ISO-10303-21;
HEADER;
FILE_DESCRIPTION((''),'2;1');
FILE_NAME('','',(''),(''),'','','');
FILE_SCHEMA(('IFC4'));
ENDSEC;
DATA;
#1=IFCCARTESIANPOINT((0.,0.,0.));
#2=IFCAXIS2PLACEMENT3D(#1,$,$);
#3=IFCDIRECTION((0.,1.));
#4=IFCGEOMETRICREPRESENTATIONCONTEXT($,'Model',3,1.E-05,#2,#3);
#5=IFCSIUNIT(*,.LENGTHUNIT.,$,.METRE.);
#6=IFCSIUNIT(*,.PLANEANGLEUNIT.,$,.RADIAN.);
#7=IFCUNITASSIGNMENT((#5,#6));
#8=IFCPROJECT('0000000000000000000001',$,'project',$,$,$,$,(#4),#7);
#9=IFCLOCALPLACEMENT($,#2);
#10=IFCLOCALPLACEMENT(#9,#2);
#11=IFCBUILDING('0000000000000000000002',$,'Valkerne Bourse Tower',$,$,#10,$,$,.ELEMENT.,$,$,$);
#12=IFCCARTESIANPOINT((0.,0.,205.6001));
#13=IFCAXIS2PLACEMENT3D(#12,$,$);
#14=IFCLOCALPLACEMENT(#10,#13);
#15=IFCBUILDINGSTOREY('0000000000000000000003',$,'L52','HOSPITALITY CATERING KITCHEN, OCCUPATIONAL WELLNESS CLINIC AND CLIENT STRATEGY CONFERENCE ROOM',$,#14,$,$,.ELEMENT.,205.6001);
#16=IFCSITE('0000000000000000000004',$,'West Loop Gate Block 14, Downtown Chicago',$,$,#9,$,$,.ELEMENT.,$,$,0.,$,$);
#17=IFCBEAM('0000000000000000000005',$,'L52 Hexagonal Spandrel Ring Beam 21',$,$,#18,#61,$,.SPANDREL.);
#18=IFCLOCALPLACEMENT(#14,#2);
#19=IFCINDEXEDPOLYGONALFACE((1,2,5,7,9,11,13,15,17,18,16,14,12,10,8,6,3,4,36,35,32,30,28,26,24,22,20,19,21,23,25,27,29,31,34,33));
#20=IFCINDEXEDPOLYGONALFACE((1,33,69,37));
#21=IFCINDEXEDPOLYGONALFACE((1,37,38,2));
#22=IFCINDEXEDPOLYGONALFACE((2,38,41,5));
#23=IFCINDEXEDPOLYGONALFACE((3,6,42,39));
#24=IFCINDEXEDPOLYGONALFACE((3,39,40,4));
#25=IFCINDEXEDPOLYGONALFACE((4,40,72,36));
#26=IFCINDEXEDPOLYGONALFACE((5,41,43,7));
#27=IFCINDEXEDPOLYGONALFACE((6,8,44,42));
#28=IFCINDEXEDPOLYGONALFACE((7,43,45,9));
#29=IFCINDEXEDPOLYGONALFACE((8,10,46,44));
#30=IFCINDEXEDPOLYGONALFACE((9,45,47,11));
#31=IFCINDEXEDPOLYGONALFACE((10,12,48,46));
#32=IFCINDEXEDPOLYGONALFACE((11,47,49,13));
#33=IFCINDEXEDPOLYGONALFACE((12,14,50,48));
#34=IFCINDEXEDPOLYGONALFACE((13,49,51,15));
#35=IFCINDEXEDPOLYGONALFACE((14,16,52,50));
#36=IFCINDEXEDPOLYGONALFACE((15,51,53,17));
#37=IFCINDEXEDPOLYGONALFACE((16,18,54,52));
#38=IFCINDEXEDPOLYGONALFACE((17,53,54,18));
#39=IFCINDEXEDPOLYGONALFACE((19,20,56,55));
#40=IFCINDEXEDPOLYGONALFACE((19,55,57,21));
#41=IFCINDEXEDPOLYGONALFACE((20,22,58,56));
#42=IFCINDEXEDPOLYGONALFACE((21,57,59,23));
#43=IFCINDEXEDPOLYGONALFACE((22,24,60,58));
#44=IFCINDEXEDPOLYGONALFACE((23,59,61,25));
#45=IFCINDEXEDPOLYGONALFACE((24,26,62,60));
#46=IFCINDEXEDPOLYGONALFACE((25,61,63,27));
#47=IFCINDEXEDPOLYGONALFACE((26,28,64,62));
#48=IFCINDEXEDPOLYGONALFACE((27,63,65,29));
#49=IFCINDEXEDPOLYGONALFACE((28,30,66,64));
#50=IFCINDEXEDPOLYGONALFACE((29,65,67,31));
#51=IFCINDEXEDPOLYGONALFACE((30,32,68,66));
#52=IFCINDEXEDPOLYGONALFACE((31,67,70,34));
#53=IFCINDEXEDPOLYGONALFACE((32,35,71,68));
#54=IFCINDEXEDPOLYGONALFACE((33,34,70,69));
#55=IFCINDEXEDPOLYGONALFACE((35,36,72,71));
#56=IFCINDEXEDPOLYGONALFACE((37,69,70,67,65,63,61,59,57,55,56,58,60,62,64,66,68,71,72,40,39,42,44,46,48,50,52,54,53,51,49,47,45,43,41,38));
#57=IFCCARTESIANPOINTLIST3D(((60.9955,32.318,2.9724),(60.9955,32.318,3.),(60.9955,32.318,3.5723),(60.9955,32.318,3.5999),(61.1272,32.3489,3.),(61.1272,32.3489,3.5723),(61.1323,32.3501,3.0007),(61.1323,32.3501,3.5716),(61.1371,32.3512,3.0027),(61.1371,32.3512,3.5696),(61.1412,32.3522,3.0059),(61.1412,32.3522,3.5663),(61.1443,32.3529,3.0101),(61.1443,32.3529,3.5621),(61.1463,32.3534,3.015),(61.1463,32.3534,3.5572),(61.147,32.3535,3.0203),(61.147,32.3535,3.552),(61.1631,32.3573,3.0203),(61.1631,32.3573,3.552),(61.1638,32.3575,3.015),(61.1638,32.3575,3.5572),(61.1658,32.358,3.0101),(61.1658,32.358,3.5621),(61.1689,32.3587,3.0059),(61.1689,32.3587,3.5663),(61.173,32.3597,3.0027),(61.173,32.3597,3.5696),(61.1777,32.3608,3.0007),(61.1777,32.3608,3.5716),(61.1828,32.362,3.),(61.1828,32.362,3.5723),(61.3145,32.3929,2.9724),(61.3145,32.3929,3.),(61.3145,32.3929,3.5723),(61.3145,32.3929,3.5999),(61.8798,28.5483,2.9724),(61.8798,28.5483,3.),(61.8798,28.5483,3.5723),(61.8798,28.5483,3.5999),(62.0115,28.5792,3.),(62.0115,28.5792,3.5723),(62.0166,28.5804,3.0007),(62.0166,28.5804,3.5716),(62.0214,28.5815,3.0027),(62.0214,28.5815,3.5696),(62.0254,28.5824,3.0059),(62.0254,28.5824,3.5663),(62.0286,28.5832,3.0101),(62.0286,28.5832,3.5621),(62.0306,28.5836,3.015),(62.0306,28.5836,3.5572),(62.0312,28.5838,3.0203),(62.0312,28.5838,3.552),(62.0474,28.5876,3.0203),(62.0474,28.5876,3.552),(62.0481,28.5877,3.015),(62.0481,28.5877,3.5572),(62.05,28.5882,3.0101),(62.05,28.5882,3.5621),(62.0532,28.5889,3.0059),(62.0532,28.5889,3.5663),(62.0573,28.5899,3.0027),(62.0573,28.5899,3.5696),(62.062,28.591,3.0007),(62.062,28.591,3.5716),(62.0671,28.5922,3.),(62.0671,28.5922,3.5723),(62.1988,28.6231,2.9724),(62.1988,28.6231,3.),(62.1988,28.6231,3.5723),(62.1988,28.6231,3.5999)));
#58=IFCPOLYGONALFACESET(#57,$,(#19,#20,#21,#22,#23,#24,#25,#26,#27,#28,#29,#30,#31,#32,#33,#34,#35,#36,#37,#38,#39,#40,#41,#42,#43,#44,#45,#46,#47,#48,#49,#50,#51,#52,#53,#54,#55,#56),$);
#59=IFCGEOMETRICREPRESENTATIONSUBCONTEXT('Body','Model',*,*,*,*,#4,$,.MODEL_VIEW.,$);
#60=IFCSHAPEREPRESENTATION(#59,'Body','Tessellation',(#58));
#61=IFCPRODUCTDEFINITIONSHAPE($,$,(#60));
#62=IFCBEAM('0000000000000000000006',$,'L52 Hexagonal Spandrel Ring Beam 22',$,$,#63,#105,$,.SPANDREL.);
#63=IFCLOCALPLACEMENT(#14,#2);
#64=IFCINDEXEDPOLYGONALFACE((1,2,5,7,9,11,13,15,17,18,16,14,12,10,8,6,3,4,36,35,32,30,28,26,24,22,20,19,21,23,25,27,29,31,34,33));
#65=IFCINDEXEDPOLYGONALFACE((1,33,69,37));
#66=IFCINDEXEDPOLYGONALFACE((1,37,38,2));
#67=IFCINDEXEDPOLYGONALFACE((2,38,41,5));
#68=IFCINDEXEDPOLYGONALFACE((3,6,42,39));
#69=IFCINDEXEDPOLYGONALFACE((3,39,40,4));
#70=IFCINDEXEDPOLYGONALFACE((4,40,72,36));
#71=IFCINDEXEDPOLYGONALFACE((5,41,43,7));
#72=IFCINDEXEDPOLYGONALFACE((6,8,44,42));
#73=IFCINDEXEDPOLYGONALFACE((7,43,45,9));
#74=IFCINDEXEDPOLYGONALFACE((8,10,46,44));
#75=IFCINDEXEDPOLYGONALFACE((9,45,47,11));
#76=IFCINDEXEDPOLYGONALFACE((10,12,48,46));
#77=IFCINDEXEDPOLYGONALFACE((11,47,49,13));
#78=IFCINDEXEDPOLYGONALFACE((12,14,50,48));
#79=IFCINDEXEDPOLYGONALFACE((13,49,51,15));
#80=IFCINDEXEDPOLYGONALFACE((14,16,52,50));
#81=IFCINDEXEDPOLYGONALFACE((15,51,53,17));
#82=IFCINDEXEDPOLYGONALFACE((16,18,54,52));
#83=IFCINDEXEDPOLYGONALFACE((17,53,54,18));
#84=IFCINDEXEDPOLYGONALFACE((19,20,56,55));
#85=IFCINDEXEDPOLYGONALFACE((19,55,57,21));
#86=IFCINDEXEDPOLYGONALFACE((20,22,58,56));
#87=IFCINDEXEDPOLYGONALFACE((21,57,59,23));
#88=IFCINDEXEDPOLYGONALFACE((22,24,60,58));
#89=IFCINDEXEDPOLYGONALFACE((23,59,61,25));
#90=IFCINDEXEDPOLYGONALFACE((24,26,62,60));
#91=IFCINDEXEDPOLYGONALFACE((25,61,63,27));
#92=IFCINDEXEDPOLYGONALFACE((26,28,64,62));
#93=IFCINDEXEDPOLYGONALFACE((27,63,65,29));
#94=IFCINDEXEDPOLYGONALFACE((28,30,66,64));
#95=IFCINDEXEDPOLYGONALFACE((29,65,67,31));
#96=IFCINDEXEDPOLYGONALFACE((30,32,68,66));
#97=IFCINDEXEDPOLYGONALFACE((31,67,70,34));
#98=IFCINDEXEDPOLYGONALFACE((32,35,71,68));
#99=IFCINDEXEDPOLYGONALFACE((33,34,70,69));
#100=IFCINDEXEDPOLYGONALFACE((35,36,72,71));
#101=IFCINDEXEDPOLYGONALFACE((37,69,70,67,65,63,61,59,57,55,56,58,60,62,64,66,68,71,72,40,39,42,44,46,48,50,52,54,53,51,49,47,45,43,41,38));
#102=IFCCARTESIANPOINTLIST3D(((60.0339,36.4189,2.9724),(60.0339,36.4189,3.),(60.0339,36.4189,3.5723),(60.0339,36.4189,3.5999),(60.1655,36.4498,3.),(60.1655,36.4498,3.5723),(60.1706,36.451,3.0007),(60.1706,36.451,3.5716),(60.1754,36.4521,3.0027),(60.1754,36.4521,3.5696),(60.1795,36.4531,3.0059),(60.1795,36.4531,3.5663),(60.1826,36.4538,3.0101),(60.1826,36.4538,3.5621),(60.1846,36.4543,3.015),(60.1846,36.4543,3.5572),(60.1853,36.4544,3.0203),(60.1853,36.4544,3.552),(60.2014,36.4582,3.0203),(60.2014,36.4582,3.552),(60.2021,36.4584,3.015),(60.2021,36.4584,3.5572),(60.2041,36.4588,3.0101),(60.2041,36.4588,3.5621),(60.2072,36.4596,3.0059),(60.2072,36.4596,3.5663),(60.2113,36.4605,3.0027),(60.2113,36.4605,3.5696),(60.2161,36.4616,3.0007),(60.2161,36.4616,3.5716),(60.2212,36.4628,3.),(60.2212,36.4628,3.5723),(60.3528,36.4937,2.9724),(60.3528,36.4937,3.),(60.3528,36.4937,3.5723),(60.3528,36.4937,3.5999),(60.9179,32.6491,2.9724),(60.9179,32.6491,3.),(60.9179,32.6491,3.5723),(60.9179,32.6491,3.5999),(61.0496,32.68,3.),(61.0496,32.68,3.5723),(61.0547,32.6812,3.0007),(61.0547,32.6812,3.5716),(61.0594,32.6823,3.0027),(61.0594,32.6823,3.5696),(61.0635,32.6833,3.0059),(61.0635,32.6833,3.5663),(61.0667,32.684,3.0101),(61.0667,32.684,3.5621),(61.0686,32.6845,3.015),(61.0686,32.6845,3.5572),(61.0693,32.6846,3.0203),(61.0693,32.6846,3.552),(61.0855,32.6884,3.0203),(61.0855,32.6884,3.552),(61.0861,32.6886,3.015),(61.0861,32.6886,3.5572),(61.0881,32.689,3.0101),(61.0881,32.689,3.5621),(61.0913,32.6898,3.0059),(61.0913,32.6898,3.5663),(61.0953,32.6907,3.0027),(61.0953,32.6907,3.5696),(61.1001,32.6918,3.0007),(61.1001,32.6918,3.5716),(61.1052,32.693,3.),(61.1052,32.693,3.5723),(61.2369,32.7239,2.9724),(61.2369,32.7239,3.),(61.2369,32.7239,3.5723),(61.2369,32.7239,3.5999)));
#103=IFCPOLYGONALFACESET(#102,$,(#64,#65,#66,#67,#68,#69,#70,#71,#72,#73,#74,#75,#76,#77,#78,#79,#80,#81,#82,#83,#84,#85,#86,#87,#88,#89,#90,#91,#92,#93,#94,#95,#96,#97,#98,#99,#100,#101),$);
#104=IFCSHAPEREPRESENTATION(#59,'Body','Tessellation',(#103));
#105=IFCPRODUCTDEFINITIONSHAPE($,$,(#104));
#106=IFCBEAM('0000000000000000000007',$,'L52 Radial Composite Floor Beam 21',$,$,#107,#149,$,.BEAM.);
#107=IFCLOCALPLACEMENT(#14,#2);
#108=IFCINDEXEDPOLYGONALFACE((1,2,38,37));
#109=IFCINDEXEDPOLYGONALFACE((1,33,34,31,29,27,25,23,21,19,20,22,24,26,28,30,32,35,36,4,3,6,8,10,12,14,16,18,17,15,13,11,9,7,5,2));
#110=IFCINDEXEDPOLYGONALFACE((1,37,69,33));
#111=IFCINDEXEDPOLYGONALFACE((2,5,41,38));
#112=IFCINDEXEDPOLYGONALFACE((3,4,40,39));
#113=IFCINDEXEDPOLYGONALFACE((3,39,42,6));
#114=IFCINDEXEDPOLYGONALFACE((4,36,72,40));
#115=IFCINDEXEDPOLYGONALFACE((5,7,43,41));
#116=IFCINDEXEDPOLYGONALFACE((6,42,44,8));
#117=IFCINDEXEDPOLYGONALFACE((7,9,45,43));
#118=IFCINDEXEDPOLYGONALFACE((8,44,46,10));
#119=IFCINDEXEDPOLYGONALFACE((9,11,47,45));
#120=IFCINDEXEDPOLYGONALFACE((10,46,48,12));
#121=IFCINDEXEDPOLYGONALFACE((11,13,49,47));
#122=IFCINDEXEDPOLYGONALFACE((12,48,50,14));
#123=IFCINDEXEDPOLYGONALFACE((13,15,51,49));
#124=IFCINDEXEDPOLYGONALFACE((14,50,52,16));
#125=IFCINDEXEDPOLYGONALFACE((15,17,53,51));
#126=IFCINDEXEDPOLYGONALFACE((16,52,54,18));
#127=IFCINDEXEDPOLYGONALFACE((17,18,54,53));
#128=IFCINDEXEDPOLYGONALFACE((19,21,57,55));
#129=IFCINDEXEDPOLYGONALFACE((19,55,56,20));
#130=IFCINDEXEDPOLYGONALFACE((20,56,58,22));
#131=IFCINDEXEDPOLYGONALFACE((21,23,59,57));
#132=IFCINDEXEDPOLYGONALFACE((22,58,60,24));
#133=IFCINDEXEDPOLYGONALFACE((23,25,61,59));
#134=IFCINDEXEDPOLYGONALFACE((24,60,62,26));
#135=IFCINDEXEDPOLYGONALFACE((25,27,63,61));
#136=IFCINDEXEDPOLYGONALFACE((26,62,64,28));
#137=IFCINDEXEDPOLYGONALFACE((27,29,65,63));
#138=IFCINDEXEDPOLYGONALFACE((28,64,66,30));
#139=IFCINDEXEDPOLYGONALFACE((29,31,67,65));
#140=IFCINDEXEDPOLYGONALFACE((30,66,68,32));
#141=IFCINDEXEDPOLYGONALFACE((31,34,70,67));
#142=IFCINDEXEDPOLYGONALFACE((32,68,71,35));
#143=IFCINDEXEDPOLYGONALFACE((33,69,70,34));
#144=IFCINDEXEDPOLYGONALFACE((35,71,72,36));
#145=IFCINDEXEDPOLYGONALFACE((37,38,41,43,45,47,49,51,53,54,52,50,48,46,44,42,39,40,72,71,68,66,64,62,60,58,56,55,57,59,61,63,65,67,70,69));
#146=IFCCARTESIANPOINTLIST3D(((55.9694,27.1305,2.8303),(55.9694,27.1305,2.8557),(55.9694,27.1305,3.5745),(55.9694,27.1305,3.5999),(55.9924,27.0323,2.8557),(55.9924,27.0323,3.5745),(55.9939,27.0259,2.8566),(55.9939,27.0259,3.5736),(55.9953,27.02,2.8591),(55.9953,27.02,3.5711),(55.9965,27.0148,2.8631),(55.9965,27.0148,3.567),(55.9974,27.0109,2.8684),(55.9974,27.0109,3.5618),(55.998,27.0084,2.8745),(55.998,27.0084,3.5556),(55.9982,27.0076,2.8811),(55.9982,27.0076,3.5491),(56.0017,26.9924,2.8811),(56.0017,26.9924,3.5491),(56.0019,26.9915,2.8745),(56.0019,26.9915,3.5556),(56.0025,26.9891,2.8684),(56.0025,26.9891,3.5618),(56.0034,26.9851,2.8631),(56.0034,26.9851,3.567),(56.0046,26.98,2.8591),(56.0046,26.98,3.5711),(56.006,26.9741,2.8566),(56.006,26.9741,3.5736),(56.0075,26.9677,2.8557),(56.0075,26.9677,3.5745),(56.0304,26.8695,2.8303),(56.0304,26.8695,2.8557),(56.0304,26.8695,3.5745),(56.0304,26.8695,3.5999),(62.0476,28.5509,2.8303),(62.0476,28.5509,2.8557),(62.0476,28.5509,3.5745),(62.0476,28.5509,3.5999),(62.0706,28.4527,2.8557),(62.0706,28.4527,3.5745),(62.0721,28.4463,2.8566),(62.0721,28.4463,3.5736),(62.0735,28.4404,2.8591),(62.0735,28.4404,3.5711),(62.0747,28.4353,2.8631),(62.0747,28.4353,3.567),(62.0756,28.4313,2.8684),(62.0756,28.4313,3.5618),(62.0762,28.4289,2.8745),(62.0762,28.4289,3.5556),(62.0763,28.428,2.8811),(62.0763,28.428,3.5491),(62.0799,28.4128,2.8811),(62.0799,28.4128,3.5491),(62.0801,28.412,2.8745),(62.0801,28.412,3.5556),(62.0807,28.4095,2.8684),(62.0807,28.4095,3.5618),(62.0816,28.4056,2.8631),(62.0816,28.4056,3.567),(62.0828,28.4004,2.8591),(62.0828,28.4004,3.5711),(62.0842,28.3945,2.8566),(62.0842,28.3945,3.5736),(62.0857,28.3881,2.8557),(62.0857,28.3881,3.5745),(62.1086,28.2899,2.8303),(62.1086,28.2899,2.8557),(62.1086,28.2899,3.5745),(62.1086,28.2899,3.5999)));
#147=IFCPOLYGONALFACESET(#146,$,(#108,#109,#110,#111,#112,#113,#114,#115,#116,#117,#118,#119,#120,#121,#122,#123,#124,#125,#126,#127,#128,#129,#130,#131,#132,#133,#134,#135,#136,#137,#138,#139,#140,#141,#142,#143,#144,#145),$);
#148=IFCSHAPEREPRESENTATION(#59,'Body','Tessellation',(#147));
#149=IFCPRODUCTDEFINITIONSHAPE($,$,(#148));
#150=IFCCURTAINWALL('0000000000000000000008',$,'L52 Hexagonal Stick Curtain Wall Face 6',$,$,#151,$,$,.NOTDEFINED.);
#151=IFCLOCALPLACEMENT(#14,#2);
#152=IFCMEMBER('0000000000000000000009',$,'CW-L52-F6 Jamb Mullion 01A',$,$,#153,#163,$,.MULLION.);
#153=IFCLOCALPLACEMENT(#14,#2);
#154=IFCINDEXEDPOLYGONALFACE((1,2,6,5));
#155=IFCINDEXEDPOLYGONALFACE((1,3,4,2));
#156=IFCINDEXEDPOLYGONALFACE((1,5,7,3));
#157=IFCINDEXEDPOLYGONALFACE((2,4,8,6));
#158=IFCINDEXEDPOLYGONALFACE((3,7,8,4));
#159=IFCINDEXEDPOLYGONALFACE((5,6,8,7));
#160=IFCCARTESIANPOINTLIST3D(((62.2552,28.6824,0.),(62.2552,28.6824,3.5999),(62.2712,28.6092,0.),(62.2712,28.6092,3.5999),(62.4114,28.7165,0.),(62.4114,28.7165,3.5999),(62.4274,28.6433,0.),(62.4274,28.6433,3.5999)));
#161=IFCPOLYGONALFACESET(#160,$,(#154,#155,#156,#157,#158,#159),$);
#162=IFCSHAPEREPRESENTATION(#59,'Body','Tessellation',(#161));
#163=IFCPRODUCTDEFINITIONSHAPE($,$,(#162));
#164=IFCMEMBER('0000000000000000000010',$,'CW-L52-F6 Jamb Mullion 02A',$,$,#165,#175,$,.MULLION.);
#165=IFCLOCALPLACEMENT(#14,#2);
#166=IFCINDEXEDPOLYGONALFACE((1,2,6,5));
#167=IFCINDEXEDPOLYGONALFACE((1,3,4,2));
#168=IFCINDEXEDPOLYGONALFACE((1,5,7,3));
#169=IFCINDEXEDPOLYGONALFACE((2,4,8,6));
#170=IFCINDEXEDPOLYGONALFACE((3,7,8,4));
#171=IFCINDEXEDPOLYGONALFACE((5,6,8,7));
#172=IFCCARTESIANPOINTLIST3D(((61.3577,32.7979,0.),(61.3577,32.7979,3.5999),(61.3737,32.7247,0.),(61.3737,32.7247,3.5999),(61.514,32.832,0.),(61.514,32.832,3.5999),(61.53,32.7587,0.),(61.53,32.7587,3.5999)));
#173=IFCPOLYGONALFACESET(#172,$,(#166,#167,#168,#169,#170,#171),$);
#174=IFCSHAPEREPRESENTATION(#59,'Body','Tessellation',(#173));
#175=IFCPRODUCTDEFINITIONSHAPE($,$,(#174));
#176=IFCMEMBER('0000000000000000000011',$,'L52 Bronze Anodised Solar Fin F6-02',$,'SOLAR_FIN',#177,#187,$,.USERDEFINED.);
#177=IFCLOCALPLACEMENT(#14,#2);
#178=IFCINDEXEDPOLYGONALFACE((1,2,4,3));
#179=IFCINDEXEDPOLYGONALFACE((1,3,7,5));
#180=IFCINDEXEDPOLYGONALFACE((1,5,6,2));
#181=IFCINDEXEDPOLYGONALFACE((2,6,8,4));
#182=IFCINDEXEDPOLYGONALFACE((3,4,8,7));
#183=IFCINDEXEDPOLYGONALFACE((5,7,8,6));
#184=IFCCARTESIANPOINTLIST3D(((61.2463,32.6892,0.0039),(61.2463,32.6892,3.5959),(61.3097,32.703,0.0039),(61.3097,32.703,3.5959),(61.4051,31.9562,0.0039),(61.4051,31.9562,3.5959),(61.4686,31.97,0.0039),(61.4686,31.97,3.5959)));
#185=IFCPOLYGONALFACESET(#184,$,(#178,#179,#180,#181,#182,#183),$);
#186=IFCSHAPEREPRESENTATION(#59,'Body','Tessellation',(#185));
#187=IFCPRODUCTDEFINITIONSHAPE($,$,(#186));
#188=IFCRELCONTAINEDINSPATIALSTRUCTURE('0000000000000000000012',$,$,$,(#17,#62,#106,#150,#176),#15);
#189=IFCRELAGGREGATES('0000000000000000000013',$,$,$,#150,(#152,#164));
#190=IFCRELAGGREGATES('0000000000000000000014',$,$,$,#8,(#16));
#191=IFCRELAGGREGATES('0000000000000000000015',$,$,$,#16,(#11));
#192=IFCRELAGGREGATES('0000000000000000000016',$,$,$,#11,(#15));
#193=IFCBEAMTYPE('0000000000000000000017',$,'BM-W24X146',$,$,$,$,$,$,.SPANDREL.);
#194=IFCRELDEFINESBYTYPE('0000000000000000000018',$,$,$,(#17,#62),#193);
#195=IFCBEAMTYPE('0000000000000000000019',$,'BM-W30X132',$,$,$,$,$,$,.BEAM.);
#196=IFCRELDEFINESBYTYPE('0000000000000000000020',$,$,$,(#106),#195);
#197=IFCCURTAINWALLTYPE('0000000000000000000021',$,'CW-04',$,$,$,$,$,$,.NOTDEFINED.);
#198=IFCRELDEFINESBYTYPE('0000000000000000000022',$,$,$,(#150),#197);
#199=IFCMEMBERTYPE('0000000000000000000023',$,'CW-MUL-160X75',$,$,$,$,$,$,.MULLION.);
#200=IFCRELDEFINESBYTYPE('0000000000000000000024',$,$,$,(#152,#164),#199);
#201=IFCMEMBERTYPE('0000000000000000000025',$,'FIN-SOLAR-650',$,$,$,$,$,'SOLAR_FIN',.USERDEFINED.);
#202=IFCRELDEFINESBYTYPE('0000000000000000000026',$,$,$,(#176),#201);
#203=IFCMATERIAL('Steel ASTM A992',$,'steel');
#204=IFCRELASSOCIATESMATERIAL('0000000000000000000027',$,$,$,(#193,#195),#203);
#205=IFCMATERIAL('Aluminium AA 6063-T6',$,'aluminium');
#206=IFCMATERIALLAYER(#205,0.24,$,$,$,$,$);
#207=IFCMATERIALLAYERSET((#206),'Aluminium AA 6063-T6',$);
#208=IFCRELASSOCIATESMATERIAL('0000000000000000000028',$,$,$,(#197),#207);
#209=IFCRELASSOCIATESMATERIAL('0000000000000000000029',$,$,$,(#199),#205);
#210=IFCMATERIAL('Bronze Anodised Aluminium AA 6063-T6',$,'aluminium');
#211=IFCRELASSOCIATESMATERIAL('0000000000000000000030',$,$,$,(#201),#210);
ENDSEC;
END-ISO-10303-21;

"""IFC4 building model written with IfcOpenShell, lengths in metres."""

from ifc_helpers import new_model, si_unit, direction, frame, origin, origin_2d, place, context, subcontext, project, spatial, rectangle, i_section, extrude, material, layer, layer_set, material_profile, profile_set, type_object, element, aggregate, save


model = new_model("IFC4")

# Units and contexts
model_context = context("Model", 3, precision=1e-05, world=origin(), true_north=direction((0.0, 1.0)))
body_context = subcontext(model_context, "Body", "Model", "MODEL_VIEW")
ifc_project = project(units=[si_unit("LENGTHUNIT", "METRE"), si_unit("PLANEANGLEUNIT", "RADIAN")], contexts=[model_context])

# Site, building, storey
site_placement = place(None, origin())
site = spatial("IfcSite", under=ifc_project, at=site_placement, Name="West Loop Gate Block 14, Downtown Chicago", CompositionType="ELEMENT", RefElevation=0.0)
building_placement = place(site_placement, origin())
building = spatial("IfcBuilding", under=site, at=building_placement, Name="Valkerne Bourse Tower", CompositionType="ELEMENT")
storey_placement = place(building_placement, frame((0.0, 0.0, 205.6001)))
storey = spatial("IfcBuildingStorey", under=building, at=storey_placement, Name="L52", Description="HOSPITALITY CATERING KITCHEN, OCCUPATIONAL WELLNESS CLINIC AND CLIENT STRATEGY CONFERENCE ROOM", CompositionType="ELEMENT", Elevation=205.6001)

# Beams
ifc_material_1 = material(Name="Steel ASTM A992", Category="steel")
ifc_material_profile_1 = material_profile(ifc_material_1, i_section(OverallWidth=0.3276, OverallDepth=0.6274, WebThickness=0.0166, FlangeThickness=0.0276, FilletRadius=0.0203, at=origin_2d()), Name="W24X146")
ifc_profile_set_1 = profile_set([ifc_material_profile_1], Name="Steel ASTM A992")
beam_type_1 = type_object("IfcBeamType", Name="BM-W24X146", PredefinedType="SPANDREL", material=ifc_profile_set_1)
for number, where, z_axis, x_axis, name in (
    (1, (62.0393, 28.5857, 3.2861), (-0.228372, 0.973574, 0.0), (-0.973574, -0.228372, 0.0), "L52 Hexagonal Spandrel Ring Beam 21"),
    (2, (61.0774, 32.6865, 3.2861), (-0.228312, 0.973588, 0.0), (-0.973588, -0.228312, 0.0), "L52 Hexagonal Spandrel Ring Beam 22"),
):
    element("IfcBeam", number, at=place(storey_placement, frame(where, z_axis=z_axis, x_axis=x_axis)), inside=storey, type_object=beam_type_1, Name=name, PredefinedType="SPANDREL", context=body_context, shape_type="SweptSolid", body=[
        extrude(i_section(OverallWidth=0.3276, OverallDepth=0.6274, WebThickness=0.0166, FlangeThickness=0.0276, FilletRadius=0.0203, at=origin_2d()), origin(), (0.0, 0.0, 1.0), 3.8721),
    ])
ifc_material_profile_2 = material_profile(ifc_material_1, i_section(OverallWidth=0.2681, OverallDepth=0.7695, WebThickness=0.0156, FlangeThickness=0.0254, FilletRadius=0.0254, at=origin_2d()), Name="W30X132")
ifc_profile_set_2 = profile_set([ifc_material_profile_2], Name="Steel ASTM A992")
beam_type_2 = type_object("IfcBeamType", Name="BM-W30X132", PredefinedType="BEAM", material=ifc_profile_set_2)
beam_1_placement = place(storey_placement, frame((62.0781, 28.4204, 3.2151), z_axis=(-0.973764, -0.227561, 0.0), x_axis=(0.227561, -0.973764, 0.0)))
element("IfcBeam", 3, at=beam_1_placement, inside=storey, type_object=beam_type_2, Name="L52 Radial Composite Floor Beam 21", PredefinedType="BEAM", context=body_context, shape_type="SweptSolid", body=[
    extrude(i_section(OverallWidth=0.2681, OverallDepth=0.7695, WebThickness=0.0156, FlangeThickness=0.0254, FilletRadius=0.0254, at=origin_2d()), origin(), (0.0, 0.0, 1.0), 6.2419),
])

# Curtain wall, members
ifc_material_2 = material(Name="Aluminium AA 6063-T6", Category="aluminium")
ifc_layer_1 = layer(ifc_material_2, 0.24)
ifc_layer_set_1 = layer_set([ifc_layer_1], Name="Aluminium AA 6063-T6")
curtain_wall_type = type_object("IfcCurtainWallType", Name="CW-04", PredefinedType="NOTDEFINED", material=ifc_layer_set_1)
curtain_wall_placement = place(storey_placement, origin())
curtain_wall = element("IfcCurtainWall", 4, at=curtain_wall_placement, inside=storey, type_object=curtain_wall_type, Name="L52 Hexagonal Stick Curtain Wall Face 6", PredefinedType="NOTDEFINED")
ifc_material_profile_3 = material_profile(ifc_material_2, rectangle(XDim=0.075, YDim=0.1599, at=origin_2d()), Name="CWM-75X160")
ifc_profile_set_3 = profile_set([ifc_material_profile_3], Name="Aluminium AA 6063-T6")
member_type_1 = type_object("IfcMemberType", Name="CW-MUL-160X75", PredefinedType="MULLION", material=ifc_profile_set_3)
member_1_placement = place(storey_placement, frame((62.3413, 28.6628, 0.0), z_axis=(0.0, 0.0, 1.0), x_axis=(-0.21303, 0.977046, 0.0)))
member_1 = element("IfcMember", 5, at=member_1_placement, type_object=member_type_1, Name="CW-L52-F6 Jamb Mullion 01A", PredefinedType="MULLION", context=body_context, shape_type="SweptSolid", body=[
    extrude(rectangle(XDim=0.075, YDim=0.1599, at=origin_2d()), origin(), (0.0, 0.0, 1.0), 3.5999),
])
member_2_placement = place(storey_placement, frame((61.4438, 32.7783, 0.0), z_axis=(0.0, 0.0, 1.0), x_axis=(-0.213035, 0.977045, 0.0)))
member_2 = element("IfcMember", 6, at=member_2_placement, type_object=member_type_1, Name="CW-L52-F6 Jamb Mullion 02A", PredefinedType="MULLION", context=body_context, shape_type="SweptSolid", body=[
    extrude(rectangle(XDim=0.075, YDim=0.1599, at=origin_2d()), origin(), (0.0, 0.0, 1.0), 3.5999),
])

# Member
ifc_material_3 = material(Name="Bronze Anodised Aluminium AA 6063-T6", Category="aluminium")
ifc_material_profile_4 = material_profile(ifc_material_3, rectangle(XDim=0.0649, YDim=0.75, at=origin_2d()), Name="FIN-65X750")
ifc_profile_set_4 = profile_set([ifc_material_profile_4], Name="Bronze Anodised Aluminium AA 6063-T6")
member_type_2 = type_object("IfcMemberType", Name="FIN-SOLAR-650", ElementType="SOLAR_FIN", PredefinedType="USERDEFINED", material=ifc_profile_set_4)
member_3_placement = place(storey_placement, frame((61.3574, 32.3296, 0.0039), z_axis=(0.0, 0.0, 1.0), x_axis=(0.977317, 0.211784, 0.0)))
element("IfcMember", 7, at=member_3_placement, inside=storey, type_object=member_type_2, Name="L52 Bronze Anodised Solar Fin F6-02", ObjectType="SOLAR_FIN", PredefinedType="USERDEFINED", context=body_context, shape_type="SweptSolid", body=[
    extrude(rectangle(XDim=0.0649, YDim=0.75, at=origin_2d()), origin(), (0.0, 0.0, 1.0), 3.592),
])

aggregate(curtain_wall, [member_1, member_2])

save(model, "model.ifc")
